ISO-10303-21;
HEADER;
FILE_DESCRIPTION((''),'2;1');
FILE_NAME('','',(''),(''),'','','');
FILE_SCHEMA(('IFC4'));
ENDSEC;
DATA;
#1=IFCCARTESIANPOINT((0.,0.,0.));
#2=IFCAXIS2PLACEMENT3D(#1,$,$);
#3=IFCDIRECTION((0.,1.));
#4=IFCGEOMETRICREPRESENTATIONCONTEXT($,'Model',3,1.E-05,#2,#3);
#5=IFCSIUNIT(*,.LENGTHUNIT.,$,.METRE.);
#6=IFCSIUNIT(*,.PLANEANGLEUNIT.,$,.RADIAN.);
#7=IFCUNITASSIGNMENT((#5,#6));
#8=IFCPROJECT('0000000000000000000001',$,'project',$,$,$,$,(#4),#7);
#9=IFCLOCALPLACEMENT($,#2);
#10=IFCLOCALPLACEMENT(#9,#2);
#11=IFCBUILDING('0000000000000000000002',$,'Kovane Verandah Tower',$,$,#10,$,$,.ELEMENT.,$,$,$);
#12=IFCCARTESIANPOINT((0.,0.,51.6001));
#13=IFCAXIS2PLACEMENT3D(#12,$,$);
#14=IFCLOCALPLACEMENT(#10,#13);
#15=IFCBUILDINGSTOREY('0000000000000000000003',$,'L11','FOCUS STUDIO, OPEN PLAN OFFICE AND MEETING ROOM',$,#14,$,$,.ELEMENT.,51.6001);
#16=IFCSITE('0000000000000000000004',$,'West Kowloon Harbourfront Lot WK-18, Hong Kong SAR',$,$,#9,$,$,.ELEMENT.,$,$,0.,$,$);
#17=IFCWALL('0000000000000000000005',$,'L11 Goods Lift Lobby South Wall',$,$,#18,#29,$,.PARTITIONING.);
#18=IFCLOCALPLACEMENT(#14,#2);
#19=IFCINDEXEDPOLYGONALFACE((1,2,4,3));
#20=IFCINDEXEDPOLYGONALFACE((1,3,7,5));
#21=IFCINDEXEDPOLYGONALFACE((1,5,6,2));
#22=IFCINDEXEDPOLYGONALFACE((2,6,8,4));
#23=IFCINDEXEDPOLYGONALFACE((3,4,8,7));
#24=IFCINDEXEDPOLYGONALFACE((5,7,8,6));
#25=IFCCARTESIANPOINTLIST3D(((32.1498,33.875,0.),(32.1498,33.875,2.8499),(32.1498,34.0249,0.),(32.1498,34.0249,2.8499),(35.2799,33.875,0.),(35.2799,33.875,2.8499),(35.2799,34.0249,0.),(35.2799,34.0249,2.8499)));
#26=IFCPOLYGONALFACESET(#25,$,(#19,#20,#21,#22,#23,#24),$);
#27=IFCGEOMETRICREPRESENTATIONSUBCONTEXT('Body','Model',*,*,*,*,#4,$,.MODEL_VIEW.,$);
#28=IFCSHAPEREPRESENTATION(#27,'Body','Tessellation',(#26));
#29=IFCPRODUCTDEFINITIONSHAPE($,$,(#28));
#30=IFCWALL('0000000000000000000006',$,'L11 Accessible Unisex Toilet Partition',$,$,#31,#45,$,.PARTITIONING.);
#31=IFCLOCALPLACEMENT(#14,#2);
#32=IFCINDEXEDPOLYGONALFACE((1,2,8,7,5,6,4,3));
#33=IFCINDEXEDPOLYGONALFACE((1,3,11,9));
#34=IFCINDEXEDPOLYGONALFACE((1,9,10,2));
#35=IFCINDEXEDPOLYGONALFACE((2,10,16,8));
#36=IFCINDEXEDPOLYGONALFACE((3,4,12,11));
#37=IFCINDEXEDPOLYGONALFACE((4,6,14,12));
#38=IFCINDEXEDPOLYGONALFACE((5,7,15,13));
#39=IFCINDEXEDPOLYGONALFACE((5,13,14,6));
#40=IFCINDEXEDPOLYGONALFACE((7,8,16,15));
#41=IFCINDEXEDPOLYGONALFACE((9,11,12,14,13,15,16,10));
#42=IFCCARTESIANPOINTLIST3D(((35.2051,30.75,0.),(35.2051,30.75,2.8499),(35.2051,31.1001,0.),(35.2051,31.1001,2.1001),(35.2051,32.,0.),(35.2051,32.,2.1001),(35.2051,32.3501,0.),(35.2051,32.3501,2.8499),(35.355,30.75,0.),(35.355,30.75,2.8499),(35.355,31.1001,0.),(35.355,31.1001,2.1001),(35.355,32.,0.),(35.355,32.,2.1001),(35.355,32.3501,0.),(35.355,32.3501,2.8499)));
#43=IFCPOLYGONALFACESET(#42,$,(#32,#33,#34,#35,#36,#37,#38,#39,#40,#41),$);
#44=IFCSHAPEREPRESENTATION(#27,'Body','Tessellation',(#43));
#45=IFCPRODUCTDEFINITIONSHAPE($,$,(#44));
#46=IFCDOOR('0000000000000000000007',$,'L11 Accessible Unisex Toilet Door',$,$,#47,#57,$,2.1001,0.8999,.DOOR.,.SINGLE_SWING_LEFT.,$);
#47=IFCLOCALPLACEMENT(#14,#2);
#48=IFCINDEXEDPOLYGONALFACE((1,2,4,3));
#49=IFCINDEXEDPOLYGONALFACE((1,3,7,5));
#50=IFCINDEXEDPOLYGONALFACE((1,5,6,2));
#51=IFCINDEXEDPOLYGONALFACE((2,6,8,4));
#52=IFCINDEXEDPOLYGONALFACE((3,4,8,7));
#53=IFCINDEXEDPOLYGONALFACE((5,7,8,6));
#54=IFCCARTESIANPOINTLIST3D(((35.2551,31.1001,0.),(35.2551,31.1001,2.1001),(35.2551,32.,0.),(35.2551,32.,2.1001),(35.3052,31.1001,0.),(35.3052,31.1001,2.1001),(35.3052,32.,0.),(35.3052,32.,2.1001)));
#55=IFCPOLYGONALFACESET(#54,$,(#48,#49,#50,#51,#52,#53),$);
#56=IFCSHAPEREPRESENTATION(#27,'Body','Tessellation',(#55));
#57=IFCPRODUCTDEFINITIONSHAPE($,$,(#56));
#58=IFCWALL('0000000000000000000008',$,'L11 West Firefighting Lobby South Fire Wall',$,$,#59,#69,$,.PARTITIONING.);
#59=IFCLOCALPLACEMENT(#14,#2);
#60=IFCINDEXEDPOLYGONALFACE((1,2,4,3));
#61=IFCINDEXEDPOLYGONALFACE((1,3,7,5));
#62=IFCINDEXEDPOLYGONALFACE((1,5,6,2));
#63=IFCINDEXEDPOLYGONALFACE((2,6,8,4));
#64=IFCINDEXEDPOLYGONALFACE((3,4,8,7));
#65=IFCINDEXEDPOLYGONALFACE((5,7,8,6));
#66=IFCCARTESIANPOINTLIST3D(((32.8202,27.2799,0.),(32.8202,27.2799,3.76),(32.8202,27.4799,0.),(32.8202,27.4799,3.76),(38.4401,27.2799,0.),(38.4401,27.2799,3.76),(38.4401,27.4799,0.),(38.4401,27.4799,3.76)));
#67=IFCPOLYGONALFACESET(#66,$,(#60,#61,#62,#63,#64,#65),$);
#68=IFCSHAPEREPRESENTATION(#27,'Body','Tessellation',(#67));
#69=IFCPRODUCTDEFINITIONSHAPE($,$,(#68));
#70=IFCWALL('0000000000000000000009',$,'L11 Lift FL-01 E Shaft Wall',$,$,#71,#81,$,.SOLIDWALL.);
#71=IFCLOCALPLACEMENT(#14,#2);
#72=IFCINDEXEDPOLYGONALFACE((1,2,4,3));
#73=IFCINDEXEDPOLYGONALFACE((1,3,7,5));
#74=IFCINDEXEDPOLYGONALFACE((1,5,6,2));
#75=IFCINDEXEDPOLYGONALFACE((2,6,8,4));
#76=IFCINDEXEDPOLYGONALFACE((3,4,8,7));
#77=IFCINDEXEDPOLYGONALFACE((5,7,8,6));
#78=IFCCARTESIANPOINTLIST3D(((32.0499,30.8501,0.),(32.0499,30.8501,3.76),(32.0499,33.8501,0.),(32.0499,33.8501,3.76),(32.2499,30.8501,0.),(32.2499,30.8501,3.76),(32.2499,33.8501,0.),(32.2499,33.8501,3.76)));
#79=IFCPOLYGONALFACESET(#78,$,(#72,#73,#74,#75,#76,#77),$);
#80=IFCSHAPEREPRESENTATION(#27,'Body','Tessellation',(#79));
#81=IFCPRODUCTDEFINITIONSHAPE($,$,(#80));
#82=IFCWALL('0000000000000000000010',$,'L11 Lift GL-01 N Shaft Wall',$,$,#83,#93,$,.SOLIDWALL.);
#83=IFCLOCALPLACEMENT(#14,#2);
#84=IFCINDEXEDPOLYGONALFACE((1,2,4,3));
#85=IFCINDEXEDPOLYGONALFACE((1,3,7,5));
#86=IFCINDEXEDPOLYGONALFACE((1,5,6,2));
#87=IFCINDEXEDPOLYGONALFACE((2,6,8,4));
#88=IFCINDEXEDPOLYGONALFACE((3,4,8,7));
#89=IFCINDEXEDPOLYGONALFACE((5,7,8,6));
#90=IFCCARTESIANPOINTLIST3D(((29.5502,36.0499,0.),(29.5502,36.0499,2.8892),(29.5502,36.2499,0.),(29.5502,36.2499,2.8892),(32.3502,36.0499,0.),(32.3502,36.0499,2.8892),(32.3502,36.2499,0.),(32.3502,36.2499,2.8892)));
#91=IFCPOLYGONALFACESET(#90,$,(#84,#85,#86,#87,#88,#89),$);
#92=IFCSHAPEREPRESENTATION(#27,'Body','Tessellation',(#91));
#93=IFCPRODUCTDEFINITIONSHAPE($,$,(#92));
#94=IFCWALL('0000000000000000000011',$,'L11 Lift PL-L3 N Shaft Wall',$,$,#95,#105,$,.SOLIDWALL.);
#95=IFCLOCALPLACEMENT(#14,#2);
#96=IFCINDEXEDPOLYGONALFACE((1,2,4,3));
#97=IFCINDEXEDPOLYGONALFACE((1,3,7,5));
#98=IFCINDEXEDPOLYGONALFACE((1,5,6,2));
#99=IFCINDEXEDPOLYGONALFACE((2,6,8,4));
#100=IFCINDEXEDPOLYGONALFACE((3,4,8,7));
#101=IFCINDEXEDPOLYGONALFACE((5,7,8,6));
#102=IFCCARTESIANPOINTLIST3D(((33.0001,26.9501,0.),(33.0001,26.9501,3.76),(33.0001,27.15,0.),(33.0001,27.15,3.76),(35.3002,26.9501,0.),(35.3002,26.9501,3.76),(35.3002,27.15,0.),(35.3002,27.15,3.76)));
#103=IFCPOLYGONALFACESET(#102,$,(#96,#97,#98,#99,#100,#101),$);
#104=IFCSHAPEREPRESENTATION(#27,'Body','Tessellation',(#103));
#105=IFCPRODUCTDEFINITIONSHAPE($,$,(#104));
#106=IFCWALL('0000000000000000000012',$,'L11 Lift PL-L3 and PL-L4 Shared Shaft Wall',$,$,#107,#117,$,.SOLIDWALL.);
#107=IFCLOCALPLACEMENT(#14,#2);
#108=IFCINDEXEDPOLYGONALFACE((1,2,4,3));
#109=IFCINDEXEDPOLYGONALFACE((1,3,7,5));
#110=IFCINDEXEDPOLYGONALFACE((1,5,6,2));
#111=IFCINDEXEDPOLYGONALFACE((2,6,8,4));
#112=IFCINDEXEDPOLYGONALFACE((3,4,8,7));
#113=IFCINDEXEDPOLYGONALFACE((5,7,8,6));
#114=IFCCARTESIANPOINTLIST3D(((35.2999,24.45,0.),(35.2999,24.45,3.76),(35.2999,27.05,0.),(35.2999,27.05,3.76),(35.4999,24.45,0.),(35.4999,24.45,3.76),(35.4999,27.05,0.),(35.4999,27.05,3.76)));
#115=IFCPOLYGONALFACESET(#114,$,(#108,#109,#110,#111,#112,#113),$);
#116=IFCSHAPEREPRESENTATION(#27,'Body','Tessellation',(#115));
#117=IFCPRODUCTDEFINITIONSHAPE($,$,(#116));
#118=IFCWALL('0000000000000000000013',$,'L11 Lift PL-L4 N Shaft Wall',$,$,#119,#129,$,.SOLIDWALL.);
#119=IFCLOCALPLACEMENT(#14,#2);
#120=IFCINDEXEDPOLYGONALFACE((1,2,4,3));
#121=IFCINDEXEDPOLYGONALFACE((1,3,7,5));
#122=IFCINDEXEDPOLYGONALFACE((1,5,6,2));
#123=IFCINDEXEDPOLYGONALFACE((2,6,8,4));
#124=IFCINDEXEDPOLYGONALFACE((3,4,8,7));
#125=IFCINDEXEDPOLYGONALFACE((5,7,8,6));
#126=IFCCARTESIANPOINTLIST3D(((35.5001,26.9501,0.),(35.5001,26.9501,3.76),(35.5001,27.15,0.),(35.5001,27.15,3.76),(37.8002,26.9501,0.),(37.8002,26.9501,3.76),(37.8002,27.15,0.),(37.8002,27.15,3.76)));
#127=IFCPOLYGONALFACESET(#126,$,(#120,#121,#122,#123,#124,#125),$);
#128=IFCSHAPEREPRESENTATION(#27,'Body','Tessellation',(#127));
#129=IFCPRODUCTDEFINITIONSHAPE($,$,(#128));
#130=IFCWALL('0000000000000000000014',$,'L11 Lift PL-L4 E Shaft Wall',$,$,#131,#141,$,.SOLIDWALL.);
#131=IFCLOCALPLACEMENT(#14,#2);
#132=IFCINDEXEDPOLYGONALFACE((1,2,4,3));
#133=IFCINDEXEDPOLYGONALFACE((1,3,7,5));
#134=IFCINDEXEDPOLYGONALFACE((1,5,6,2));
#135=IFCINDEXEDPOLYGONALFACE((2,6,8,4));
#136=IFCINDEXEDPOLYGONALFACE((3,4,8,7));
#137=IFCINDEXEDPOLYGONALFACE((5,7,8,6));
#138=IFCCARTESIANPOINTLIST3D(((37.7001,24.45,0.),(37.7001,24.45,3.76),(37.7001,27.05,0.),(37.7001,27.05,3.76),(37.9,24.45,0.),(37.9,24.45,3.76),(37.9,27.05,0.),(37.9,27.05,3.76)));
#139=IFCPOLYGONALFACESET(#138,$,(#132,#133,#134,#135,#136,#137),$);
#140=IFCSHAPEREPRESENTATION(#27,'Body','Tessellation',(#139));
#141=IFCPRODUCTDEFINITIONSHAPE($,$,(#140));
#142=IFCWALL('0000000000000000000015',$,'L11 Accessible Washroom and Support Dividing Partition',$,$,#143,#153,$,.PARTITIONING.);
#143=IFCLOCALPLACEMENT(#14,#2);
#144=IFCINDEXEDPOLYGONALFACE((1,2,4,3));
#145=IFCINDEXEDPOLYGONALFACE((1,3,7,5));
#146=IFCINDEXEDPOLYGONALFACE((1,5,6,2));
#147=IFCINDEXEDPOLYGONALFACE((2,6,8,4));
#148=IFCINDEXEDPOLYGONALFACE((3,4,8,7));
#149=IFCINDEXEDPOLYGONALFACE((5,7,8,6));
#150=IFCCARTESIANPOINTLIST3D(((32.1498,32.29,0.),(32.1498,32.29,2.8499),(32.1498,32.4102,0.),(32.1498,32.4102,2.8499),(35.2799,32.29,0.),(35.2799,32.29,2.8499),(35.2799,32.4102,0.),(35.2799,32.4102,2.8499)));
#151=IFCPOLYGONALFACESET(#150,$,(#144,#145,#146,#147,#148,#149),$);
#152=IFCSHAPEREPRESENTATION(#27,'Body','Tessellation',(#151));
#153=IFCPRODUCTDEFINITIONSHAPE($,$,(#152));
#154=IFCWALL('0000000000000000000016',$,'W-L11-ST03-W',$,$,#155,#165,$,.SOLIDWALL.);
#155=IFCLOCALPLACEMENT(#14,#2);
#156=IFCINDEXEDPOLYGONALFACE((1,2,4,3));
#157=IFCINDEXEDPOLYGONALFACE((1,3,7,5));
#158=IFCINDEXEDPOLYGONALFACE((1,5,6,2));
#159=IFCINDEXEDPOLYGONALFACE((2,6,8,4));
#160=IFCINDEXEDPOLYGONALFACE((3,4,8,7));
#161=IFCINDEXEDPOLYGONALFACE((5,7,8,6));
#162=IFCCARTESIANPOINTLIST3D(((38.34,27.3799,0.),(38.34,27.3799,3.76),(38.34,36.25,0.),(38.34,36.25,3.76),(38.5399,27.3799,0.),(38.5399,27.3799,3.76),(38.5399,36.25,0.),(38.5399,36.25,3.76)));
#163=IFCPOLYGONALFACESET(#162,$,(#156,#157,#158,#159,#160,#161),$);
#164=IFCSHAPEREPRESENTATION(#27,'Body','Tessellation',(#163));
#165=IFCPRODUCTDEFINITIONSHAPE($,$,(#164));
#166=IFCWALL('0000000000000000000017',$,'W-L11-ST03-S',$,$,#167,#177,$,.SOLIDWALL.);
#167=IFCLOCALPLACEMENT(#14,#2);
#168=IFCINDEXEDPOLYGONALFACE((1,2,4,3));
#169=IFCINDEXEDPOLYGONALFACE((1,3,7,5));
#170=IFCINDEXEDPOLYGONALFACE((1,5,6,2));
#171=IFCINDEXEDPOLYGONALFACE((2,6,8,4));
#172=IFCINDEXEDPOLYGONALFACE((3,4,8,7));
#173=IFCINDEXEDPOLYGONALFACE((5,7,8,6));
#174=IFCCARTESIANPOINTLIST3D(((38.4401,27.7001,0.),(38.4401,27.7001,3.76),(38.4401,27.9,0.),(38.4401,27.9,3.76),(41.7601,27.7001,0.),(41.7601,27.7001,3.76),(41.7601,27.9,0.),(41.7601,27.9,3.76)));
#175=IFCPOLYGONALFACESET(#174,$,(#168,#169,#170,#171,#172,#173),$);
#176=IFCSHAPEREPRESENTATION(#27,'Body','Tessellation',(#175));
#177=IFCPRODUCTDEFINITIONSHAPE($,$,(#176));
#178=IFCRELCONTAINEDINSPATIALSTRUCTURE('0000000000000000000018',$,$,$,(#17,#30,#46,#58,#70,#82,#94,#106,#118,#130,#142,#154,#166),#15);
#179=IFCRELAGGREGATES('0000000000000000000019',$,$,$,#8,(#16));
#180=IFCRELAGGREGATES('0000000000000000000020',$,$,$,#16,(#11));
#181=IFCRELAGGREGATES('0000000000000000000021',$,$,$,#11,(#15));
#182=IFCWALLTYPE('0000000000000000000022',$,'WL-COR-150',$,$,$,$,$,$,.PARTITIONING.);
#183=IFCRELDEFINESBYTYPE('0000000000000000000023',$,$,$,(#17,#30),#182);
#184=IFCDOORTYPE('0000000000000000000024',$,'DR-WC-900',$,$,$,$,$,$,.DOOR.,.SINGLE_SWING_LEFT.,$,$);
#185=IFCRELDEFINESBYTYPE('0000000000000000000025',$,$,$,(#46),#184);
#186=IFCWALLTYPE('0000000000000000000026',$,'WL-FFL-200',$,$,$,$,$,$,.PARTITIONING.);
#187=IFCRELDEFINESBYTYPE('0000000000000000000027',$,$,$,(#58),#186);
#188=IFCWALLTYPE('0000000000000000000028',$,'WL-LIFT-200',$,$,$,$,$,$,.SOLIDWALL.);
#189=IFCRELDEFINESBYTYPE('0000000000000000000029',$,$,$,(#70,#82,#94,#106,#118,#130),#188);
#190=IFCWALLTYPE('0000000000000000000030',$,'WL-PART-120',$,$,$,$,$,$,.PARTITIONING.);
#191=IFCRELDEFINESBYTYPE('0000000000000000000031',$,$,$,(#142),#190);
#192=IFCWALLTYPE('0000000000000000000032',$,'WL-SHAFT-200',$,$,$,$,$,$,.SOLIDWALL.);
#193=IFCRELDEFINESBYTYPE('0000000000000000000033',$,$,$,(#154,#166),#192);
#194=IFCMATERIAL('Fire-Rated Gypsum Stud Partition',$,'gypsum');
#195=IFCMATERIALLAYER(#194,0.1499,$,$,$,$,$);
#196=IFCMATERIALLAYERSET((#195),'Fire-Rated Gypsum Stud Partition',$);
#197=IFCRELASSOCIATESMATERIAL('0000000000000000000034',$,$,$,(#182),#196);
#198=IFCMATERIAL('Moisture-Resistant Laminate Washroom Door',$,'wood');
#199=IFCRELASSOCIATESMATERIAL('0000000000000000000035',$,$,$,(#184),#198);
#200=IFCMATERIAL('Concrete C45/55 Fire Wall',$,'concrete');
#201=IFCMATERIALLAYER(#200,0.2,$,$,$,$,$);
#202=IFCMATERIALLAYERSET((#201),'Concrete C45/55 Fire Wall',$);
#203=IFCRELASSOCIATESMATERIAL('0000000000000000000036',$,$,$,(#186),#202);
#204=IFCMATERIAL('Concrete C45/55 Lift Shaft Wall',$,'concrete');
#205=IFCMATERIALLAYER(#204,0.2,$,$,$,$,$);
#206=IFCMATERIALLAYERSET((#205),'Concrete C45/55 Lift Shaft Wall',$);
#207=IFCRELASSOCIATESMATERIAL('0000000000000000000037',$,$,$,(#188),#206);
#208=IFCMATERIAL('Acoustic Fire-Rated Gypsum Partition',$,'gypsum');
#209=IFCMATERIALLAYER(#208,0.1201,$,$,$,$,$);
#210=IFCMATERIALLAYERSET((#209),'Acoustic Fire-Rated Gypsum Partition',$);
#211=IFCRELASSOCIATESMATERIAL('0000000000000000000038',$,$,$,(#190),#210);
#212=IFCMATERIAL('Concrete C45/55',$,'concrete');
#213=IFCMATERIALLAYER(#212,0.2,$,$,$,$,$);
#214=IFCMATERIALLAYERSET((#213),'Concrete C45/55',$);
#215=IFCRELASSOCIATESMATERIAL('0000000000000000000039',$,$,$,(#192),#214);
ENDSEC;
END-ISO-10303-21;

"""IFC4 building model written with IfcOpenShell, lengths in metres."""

from ifc_helpers import new_model, si_unit, direction, frame, frame_2d, origin, place, context, subcontext, project, spatial, rectangle, extrude, material, layer, layer_set, type_object, element, fill, save


model = new_model("IFC4")

# Units and contexts
model_context = context("Model", 3, precision=1e-05, world=origin(), true_north=direction((0.0, 1.0)))
body_context = subcontext(model_context, "Body", "Model", "MODEL_VIEW")
ifc_project = project(units=[si_unit("LENGTHUNIT", "METRE"), si_unit("PLANEANGLEUNIT", "RADIAN")], contexts=[model_context])

# Site, building, storey
site_placement = place(None, origin())
site = spatial("IfcSite", under=ifc_project, at=site_placement, Name="West Kowloon Harbourfront Lot WK-18, Hong Kong SAR", CompositionType="ELEMENT", RefElevation=0.0)
building_placement = place(site_placement, origin())
building = spatial("IfcBuilding", under=site, at=building_placement, Name="Kovane Verandah Tower", CompositionType="ELEMENT")
storey_placement = place(building_placement, frame((0.0, 0.0, 51.6001)))
storey = spatial("IfcBuildingStorey", under=building, at=storey_placement, Name="L11", Description="FOCUS STUDIO, OPEN PLAN OFFICE AND MEETING ROOM", CompositionType="ELEMENT", Elevation=51.6001)

# Wall
ifc_material_1 = material(Name="Fire-Rated Gypsum Stud Partition", Category="gypsum")
ifc_layer_1 = layer(ifc_material_1, 0.1499)
ifc_layer_set_1 = layer_set([ifc_layer_1], Name="Fire-Rated Gypsum Stud Partition")
wall_type_1 = type_object("IfcWallType", Name="WL-COR-150", PredefinedType="PARTITIONING", material=ifc_layer_set_1)
wall_1_placement = place(storey_placement, frame((32.1499, 33.95, 0.0), z_axis=(0.0, 0.0, 1.0), x_axis=(1.0, 0.0, 0.0)))
element("IfcWall", 1, at=wall_1_placement, inside=storey, type_object=wall_type_1, Name="L11 Goods Lift Lobby South Wall", PredefinedType="PARTITIONING", context=body_context, shape_type="SweptSolid", body=[
    extrude(rectangle(XDim=3.1301, YDim=0.1499, at=frame_2d((1.5649, 0.0))), origin(), (0.0, 0.0, 1.0), 2.8499),
])

# Wall, opening, door
wall_2_placement = place(storey_placement, frame((35.28, 30.75, 0.0), z_axis=(0.0, 0.0, 1.0), x_axis=(0.0, 1.0, 0.0)))
wall_2 = element("IfcWall", 2, at=wall_2_placement, inside=storey, type_object=wall_type_1, Name="L11 Accessible Unisex Toilet Partition", PredefinedType="PARTITIONING", context=body_context, shape_type="SweptSolid", body=[
    extrude(rectangle(XDim=1.6001, YDim=0.1499, at=frame_2d((0.8, 0.0))), origin(), (0.0, 0.0, 1.0), 2.8499),
])
opening_1_placement = place(wall_2_placement, frame((0.3501, 0.0, 0.0)))
opening_1 = element("IfcOpeningElement", 3, at=opening_1_placement, cuts=wall_2, PredefinedType="OPENING", context=body_context, shape_type="SweptSolid", body=[
    extrude(rectangle(XDim=0.8999, YDim=2.1001, at=frame_2d((0.45, 1.05))), frame((0.0, 0.075, 0.0), z_axis=(0.0, -1.0, 0.0), x_axis=(1.0, 0.0, 0.0)), (0.0, 0.0, 1.0), 0.1499),
])
ifc_material_2 = material(Name="Moisture-Resistant Laminate Washroom Door", Category="wood")
door_type_1 = type_object("IfcDoorType", Name="DR-WC-900", OperationType="SINGLE_SWING_LEFT", PredefinedType="DOOR", material=ifc_material_2)
door_1_placement = place(opening_1_placement, origin())
door_1 = element("IfcDoor", 4, at=door_1_placement, inside=storey, type_object=door_type_1, Name="L11 Accessible Unisex Toilet Door", OperationType="SINGLE_SWING_LEFT", OverallHeight=2.1001, OverallWidth=0.8999, PredefinedType="DOOR", context=body_context, shape_type="SweptSolid", body=[
    extrude(rectangle(XDim=0.8999, YDim=2.1001, at=frame_2d((0.45, 1.05))), frame((0.0, 0.0249, 0.0), z_axis=(0.0, -1.0, 0.0), x_axis=(1.0, 0.0, 0.0)), (0.0, 0.0, 1.0), 0.05),
])
fill(opening_1, door_1)
ifc_material_3 = material(Name="Concrete C45/55 Fire Wall", Category="concrete")
ifc_layer_2 = layer(ifc_material_3, 0.2)
ifc_layer_set_2 = layer_set([ifc_layer_2], Name="Concrete C45/55 Fire Wall")
wall_type_2 = type_object("IfcWallType", Name="WL-FFL-200", PredefinedType="PARTITIONING", material=ifc_layer_set_2)

# Walls
wall_3_placement = place(storey_placement, frame((32.8201, 27.3799, 0.0), z_axis=(0.0, 0.0, 1.0), x_axis=(1.0, 0.0, 0.0)))
element("IfcWall", 5, at=wall_3_placement, inside=storey, type_object=wall_type_2, Name="L11 West Firefighting Lobby South Fire Wall", PredefinedType="PARTITIONING", context=body_context, shape_type="SweptSolid", body=[
    extrude(rectangle(XDim=5.6199, YDim=0.2, at=frame_2d((2.8101, 0.0))), origin(), (0.0, 0.0, 1.0), 3.76),
])
ifc_material_4 = material(Name="Concrete C45/55 Lift Shaft Wall", Category="concrete")
ifc_layer_3 = layer(ifc_material_4, 0.2)
ifc_layer_set_3 = layer_set([ifc_layer_3], Name="Concrete C45/55 Lift Shaft Wall")
wall_type_3 = type_object("IfcWallType", Name="WL-LIFT-200", PredefinedType="SOLIDWALL", material=ifc_layer_set_3)
wall_4_placement = place(storey_placement, frame((32.1499, 30.8501, 0.0), z_axis=(0.0, 0.0, 1.0), x_axis=(0.0, 1.0, 0.0)))
element("IfcWall", 6, at=wall_4_placement, inside=storey, type_object=wall_type_3, Name="L11 Lift FL-01 E Shaft Wall", PredefinedType="SOLIDWALL", context=body_context, shape_type="SweptSolid", body=[
    extrude(rectangle(XDim=3.0, YDim=0.2, at=frame_2d((1.5, 0.0))), origin(), (0.0, 0.0, 1.0), 3.76),
])
wall_5_placement = place(storey_placement, frame((32.3501, 36.1499, 0.0), z_axis=(0.0, 0.0, 1.0), x_axis=(-1.0, 0.0, 0.0)))
element("IfcWall", 7, at=wall_5_placement, inside=storey, type_object=wall_type_3, Name="L11 Lift GL-01 N Shaft Wall", PredefinedType="SOLIDWALL", context=body_context, shape_type="SweptSolid", body=[
    extrude(rectangle(XDim=2.8, YDim=0.2, at=frame_2d((1.3999, 0.0))), origin(), (0.0, 0.0, 1.0), 2.8892),
])

# Walls
wall_6_placement = place(storey_placement, frame((35.3, 27.05, 0.0), z_axis=(0.0, 0.0, 1.0), x_axis=(-1.0, 0.0, 0.0)))
element("IfcWall", 8, at=wall_6_placement, inside=storey, type_object=wall_type_3, Name="L11 Lift PL-L3 N Shaft Wall", PredefinedType="SOLIDWALL", context=body_context, shape_type="SweptSolid", body=[
    extrude(rectangle(XDim=2.3, YDim=0.2, at=frame_2d((1.1499, 0.0))), origin(), (0.0, 0.0, 1.0), 3.76),
])
wall_7_placement = place(storey_placement, frame((35.3999, 24.45, 0.0), z_axis=(0.0, 0.0, 1.0), x_axis=(0.0, 1.0, 0.0)))
element("IfcWall", 9, at=wall_7_placement, inside=storey, type_object=wall_type_3, Name="L11 Lift PL-L3 and PL-L4 Shared Shaft Wall", PredefinedType="SOLIDWALL", context=body_context, shape_type="SweptSolid", body=[
    extrude(rectangle(XDim=2.6001, YDim=0.2, at=frame_2d((1.3, 0.0))), origin(), (0.0, 0.0, 1.0), 3.76),
])

# Walls
wall_8_placement = place(storey_placement, frame((37.8, 27.05, 0.0), z_axis=(0.0, 0.0, 1.0), x_axis=(-1.0, 0.0, 0.0)))
element("IfcWall", 10, at=wall_8_placement, inside=storey, type_object=wall_type_3, Name="L11 Lift PL-L4 N Shaft Wall", PredefinedType="SOLIDWALL", context=body_context, shape_type="SweptSolid", body=[
    extrude(rectangle(XDim=2.3, YDim=0.2, at=frame_2d((1.1499, 0.0))), origin(), (0.0, 0.0, 1.0), 3.76),
])
wall_9_placement = place(storey_placement, frame((37.8, 24.45, 0.0), z_axis=(0.0, 0.0, 1.0), x_axis=(0.0, 1.0, 0.0)))
element("IfcWall", 11, at=wall_9_placement, inside=storey, type_object=wall_type_3, Name="L11 Lift PL-L4 E Shaft Wall", PredefinedType="SOLIDWALL", context=body_context, shape_type="SweptSolid", body=[
    extrude(rectangle(XDim=2.6001, YDim=0.2, at=frame_2d((1.3, 0.0))), origin(), (0.0, 0.0, 1.0), 3.76),
])
ifc_material_5 = material(Name="Acoustic Fire-Rated Gypsum Partition", Category="gypsum")
ifc_layer_4 = layer(ifc_material_5, 0.1201)
ifc_layer_set_4 = layer_set([ifc_layer_4], Name="Acoustic Fire-Rated Gypsum Partition")
wall_type_4 = type_object("IfcWallType", Name="WL-PART-120", PredefinedType="PARTITIONING", material=ifc_layer_set_4)
wall_10_placement = place(storey_placement, frame((32.1499, 32.3501, 0.0), z_axis=(0.0, 0.0, 1.0), x_axis=(1.0, 0.0, 0.0)))
element("IfcWall", 12, at=wall_10_placement, inside=storey, type_object=wall_type_4, Name="L11 Accessible Washroom and Support Dividing Partition", PredefinedType="PARTITIONING", context=body_context, shape_type="SweptSolid", body=[
    extrude(rectangle(XDim=3.1301, YDim=0.1201, at=frame_2d((1.5649, 0.0))), origin(), (0.0, 0.0, 1.0), 2.8499),
])
ifc_material_6 = material(Name="Concrete C45/55", Category="concrete")
ifc_layer_5 = layer(ifc_material_6, 0.2)
ifc_layer_set_5 = layer_set([ifc_layer_5], Name="Concrete C45/55")
wall_type_5 = type_object("IfcWallType", Name="WL-SHAFT-200", PredefinedType="SOLIDWALL", material=ifc_layer_set_5)
wall_11_placement = place(storey_placement, frame((38.4399, 27.3799, 0.0), z_axis=(0.0, 0.0, 1.0), x_axis=(0.0, 1.0, 0.0)))
element("IfcWall", 13, at=wall_11_placement, inside=storey, type_object=wall_type_5, Name="W-L11-ST03-W", PredefinedType="SOLIDWALL", context=body_context, shape_type="SweptSolid", body=[
    extrude(rectangle(XDim=8.8701, YDim=0.2, at=frame_2d((4.4351, 0.0))), origin(), (0.0, 0.0, 1.0), 3.76),
])
wall_12_placement = place(storey_placement, frame((38.4399, 27.8, 0.0), z_axis=(0.0, 0.0, 1.0), x_axis=(1.0, 0.0, 0.0)))
element("IfcWall", 14, at=wall_12_placement, inside=storey, type_object=wall_type_5, Name="W-L11-ST03-S", PredefinedType="SOLIDWALL", context=body_context, shape_type="SweptSolid", body=[
    extrude(rectangle(XDim=3.3201, YDim=0.2, at=frame_2d((1.6602, 0.0))), origin(), (0.0, 0.0, 1.0), 3.76),
])

save(model, "model.ifc")
